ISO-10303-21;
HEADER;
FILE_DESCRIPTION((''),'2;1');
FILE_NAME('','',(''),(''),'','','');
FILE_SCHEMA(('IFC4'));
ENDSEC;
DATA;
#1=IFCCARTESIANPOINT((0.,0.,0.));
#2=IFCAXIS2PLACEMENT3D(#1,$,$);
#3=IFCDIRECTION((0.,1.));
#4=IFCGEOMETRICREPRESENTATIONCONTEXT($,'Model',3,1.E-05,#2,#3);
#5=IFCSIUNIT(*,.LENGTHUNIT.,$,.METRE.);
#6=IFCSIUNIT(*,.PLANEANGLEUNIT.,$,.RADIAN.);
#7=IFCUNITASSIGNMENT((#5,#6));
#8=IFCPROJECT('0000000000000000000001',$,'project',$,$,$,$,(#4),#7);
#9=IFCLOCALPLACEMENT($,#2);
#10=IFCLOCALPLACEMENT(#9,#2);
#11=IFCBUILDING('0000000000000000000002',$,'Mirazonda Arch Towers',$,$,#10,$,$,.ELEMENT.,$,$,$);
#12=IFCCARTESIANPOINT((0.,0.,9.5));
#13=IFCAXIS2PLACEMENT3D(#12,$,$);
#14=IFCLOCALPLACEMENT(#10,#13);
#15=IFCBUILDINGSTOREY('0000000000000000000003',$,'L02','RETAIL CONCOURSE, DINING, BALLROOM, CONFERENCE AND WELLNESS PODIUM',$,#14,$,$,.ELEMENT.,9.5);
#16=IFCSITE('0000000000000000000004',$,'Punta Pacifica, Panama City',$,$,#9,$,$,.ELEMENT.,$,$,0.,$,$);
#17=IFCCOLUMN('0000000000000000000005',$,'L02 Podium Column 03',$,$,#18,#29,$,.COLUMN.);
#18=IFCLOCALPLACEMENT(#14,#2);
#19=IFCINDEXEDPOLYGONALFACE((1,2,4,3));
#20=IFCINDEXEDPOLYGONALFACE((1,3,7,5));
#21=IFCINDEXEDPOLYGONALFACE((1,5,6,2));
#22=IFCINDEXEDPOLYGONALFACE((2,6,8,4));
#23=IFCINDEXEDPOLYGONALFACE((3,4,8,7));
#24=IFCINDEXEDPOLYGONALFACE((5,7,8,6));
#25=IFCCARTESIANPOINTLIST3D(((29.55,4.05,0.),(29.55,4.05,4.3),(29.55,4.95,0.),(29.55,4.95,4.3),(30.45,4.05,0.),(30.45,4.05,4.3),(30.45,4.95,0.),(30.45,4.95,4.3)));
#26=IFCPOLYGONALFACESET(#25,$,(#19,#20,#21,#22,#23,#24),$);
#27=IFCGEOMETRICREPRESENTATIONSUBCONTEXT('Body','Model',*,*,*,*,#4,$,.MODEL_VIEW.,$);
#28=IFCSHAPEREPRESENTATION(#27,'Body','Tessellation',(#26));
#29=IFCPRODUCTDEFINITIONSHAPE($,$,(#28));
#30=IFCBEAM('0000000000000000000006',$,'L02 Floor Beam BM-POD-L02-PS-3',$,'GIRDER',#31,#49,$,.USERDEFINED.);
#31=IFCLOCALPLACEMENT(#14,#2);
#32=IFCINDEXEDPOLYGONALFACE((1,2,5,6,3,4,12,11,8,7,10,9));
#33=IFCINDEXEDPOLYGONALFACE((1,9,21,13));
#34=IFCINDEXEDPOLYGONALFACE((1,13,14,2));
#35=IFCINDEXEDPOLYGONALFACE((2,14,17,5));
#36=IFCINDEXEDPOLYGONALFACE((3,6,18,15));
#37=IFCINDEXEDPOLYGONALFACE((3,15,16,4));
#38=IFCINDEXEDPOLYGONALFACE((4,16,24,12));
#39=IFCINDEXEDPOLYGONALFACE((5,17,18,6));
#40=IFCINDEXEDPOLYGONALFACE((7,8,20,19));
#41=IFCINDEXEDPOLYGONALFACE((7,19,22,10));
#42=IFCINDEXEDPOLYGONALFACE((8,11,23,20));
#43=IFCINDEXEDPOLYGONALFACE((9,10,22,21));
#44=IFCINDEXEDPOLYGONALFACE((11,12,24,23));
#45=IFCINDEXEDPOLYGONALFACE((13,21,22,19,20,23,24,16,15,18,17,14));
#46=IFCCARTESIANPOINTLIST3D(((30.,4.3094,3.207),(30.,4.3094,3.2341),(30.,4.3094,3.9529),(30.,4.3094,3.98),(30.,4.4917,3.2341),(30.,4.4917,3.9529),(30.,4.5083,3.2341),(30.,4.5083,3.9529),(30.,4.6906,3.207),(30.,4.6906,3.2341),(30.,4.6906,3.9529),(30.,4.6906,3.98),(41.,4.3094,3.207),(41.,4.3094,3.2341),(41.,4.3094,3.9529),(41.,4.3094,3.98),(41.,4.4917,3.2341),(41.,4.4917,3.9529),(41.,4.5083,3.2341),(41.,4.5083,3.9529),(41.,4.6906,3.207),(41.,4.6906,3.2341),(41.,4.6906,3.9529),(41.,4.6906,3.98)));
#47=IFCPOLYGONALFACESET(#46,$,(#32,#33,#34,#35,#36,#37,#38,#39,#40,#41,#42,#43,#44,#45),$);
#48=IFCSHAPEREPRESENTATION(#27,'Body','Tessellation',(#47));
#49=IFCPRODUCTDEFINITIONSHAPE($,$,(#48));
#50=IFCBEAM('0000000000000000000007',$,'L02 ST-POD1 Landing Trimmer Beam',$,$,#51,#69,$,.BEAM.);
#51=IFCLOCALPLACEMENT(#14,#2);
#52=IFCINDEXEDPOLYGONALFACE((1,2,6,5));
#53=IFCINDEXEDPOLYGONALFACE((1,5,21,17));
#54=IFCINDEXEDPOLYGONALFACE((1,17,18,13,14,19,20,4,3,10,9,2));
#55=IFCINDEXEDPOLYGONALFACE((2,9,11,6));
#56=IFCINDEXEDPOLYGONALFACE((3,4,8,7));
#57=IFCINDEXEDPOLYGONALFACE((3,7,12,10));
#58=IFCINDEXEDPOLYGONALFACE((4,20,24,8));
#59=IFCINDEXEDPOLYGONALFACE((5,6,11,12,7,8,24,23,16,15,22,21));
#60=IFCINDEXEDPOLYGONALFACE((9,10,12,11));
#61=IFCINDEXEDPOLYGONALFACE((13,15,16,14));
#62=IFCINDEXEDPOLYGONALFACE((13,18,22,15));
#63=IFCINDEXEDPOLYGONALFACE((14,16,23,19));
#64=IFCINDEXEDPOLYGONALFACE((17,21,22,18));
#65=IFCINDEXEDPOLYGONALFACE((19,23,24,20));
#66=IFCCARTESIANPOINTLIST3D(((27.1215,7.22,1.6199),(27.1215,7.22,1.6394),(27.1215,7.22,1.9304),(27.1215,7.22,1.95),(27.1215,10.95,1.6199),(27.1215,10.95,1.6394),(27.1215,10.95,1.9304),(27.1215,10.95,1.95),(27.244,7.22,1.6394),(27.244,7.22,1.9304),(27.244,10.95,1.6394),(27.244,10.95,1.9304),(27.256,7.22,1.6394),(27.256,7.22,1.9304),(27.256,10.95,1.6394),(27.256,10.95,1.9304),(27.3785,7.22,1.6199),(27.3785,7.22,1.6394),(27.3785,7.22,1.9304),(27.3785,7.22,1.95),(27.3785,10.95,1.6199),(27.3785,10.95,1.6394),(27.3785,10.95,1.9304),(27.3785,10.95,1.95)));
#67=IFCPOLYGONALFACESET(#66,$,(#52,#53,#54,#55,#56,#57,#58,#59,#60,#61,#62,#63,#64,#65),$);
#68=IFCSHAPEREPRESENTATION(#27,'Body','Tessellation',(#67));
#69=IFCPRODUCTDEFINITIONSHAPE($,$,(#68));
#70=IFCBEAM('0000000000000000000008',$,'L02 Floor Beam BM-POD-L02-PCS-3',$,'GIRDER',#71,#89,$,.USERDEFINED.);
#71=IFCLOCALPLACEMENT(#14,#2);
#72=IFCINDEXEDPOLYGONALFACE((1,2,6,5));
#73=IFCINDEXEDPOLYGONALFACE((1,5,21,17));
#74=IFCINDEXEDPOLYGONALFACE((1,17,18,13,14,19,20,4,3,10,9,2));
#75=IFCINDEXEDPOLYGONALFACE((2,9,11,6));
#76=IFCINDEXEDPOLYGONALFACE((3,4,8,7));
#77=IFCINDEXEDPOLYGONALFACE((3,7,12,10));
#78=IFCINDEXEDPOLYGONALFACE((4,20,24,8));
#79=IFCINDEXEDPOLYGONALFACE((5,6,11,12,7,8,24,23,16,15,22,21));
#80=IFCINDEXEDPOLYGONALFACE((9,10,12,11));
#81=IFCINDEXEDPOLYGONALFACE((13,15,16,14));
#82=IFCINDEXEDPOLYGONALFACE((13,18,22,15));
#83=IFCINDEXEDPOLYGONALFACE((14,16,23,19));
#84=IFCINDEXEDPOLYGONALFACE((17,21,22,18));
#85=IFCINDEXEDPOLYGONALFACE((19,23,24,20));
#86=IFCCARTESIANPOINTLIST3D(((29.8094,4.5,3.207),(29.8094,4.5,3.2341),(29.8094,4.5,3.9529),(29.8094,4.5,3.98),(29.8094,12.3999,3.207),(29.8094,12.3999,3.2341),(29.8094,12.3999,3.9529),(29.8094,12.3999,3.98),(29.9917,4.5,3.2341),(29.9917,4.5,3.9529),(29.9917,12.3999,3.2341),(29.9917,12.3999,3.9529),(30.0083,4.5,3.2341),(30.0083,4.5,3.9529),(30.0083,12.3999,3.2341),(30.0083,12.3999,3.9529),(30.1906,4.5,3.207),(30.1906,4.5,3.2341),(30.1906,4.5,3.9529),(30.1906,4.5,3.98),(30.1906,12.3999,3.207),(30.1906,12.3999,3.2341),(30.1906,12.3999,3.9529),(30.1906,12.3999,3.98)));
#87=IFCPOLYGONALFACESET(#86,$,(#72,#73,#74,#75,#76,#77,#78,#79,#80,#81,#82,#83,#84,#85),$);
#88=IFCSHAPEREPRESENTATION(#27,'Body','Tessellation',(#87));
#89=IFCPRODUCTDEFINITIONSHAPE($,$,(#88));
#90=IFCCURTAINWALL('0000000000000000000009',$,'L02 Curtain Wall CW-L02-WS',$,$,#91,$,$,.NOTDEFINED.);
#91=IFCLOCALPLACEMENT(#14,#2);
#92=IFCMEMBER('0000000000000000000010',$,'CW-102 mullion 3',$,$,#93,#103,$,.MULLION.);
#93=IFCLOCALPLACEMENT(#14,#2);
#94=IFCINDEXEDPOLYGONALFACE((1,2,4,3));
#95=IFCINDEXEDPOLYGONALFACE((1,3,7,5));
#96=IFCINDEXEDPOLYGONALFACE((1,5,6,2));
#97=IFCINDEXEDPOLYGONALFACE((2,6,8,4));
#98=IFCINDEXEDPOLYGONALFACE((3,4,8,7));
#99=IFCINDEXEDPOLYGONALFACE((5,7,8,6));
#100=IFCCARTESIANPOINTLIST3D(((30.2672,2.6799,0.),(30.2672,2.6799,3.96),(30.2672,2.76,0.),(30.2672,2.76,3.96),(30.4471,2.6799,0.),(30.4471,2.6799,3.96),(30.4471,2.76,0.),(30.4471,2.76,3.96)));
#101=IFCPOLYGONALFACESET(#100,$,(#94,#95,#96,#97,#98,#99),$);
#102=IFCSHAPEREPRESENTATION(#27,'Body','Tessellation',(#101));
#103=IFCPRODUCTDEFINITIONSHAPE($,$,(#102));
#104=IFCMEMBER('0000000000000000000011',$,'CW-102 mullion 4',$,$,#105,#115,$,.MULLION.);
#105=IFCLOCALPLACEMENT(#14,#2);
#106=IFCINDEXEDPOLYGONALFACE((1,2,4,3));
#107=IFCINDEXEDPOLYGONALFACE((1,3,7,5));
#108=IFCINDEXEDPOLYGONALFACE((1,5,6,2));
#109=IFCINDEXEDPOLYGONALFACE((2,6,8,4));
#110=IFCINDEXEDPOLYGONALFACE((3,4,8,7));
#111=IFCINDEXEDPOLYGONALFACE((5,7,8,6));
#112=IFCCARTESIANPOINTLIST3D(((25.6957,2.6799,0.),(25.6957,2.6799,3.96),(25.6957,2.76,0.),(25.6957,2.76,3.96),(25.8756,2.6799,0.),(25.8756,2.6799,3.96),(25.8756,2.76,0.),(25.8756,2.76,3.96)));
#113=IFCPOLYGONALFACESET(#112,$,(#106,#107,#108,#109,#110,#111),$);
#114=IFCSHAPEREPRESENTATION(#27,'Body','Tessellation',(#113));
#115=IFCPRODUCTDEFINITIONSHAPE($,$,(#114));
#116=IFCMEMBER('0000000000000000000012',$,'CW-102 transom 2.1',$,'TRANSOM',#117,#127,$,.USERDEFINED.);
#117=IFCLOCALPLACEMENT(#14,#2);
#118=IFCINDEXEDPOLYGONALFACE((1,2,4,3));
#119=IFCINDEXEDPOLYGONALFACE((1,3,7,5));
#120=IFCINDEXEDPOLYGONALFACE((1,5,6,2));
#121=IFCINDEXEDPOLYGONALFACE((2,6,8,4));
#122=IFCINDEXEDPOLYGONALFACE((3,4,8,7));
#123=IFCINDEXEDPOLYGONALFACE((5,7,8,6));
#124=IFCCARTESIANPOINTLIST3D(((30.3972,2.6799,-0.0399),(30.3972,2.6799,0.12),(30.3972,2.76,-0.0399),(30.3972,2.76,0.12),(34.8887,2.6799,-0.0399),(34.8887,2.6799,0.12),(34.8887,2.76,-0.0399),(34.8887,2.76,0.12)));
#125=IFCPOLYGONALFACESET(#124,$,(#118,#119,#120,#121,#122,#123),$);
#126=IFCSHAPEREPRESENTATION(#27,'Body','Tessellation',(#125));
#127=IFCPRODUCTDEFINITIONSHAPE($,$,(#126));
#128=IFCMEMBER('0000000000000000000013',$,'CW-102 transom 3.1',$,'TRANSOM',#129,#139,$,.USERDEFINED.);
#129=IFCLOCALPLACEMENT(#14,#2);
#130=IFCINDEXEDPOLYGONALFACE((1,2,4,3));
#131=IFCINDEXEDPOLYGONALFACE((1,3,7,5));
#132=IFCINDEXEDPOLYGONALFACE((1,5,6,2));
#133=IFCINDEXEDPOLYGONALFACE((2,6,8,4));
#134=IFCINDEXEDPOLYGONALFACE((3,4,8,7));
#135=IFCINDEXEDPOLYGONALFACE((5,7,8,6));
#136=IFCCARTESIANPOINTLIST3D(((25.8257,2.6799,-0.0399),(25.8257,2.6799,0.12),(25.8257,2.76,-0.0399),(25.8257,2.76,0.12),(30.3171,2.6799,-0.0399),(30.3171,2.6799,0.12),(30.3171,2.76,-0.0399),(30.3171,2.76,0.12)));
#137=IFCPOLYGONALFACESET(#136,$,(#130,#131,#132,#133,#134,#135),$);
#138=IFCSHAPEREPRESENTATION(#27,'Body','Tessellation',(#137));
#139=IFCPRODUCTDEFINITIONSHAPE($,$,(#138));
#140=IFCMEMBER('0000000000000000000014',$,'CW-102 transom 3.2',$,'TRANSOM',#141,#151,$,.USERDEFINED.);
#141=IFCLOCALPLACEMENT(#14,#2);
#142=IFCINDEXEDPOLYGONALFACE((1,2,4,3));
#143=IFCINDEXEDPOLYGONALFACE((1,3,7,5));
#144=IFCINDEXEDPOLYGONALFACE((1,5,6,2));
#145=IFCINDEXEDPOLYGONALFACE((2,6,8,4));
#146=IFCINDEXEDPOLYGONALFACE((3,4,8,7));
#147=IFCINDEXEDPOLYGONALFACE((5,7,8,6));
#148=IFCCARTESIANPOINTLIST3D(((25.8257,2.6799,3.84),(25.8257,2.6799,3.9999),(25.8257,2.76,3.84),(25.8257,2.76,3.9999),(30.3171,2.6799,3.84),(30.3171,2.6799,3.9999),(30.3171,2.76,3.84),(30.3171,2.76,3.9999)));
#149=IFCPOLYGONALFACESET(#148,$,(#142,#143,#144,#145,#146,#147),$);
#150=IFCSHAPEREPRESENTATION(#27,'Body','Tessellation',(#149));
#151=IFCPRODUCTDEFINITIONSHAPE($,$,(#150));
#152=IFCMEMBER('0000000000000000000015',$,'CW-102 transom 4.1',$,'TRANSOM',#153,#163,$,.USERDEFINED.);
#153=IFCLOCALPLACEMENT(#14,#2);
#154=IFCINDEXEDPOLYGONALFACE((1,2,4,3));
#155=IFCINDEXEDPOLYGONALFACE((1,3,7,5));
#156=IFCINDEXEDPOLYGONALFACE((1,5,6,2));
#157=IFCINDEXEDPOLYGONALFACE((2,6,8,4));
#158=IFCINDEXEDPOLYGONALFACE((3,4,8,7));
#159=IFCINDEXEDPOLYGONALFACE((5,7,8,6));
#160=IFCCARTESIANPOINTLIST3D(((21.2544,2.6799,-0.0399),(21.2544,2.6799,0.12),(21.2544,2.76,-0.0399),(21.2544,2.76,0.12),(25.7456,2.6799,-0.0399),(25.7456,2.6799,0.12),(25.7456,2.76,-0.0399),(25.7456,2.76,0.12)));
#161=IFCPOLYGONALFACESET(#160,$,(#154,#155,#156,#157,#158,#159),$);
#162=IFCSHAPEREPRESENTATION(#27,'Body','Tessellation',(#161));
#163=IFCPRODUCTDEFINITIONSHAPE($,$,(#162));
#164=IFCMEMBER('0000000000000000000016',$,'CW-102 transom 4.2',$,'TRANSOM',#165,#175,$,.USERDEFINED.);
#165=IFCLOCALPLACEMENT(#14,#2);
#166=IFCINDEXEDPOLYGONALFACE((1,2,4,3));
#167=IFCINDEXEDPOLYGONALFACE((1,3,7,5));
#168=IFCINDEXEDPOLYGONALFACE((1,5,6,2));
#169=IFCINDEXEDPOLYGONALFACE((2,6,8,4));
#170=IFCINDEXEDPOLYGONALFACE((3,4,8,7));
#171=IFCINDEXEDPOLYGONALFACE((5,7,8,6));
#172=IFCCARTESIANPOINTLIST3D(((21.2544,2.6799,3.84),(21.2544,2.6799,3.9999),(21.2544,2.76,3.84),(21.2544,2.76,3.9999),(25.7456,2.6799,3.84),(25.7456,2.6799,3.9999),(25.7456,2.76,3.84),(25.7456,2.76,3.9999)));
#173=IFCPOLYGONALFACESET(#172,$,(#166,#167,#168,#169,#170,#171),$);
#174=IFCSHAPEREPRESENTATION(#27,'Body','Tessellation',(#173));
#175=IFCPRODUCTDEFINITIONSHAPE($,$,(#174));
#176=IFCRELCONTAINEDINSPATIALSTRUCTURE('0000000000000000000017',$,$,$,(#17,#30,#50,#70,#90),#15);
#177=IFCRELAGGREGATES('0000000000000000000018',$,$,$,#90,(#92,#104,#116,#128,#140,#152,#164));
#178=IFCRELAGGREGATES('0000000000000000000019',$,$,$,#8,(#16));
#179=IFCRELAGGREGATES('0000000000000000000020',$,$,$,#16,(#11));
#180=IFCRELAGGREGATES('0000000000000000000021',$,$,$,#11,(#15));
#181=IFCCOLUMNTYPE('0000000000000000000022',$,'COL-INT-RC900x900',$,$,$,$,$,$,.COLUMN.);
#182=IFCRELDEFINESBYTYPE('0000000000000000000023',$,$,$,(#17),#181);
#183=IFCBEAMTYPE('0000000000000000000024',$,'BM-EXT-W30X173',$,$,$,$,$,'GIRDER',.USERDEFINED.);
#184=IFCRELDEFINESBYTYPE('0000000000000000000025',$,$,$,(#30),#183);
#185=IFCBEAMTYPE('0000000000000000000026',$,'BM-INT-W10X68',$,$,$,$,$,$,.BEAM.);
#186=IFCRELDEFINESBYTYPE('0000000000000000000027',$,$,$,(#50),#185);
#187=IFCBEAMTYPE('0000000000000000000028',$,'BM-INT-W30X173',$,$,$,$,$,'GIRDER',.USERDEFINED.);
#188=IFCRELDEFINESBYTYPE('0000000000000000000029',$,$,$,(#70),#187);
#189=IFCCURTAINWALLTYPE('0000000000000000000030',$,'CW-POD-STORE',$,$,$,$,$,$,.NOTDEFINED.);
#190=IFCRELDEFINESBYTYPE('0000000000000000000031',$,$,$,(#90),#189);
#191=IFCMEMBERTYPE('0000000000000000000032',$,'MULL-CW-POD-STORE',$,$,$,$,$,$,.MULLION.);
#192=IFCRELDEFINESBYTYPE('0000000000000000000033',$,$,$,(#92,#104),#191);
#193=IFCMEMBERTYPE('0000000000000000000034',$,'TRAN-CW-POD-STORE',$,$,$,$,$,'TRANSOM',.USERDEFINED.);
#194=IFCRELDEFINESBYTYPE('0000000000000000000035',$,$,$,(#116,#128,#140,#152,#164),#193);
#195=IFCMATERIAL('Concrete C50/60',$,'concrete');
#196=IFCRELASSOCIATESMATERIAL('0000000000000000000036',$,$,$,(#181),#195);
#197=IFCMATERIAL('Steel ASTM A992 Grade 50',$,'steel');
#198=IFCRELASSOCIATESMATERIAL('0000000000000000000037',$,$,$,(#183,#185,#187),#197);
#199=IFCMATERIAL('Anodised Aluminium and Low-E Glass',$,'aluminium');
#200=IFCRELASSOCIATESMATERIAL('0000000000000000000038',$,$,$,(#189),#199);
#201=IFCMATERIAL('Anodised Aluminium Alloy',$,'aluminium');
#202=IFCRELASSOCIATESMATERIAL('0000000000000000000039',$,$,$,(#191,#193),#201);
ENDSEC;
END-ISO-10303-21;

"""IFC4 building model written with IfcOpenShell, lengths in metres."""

from ifc_helpers import new_model, si_unit, direction, frame, origin, origin_2d, place, context, subcontext, project, spatial, rectangle, i_section, extrude, material, material_profile, profile_set, type_object, element, aggregate, save


model = new_model("IFC4")

# Units and contexts
model_context = context("Model", 3, precision=1e-05, world=origin(), true_north=direction((0.0, 1.0)))
body_context = subcontext(model_context, "Body", "Model", "MODEL_VIEW")
ifc_project = project(units=[si_unit("LENGTHUNIT", "METRE"), si_unit("PLANEANGLEUNIT", "RADIAN")], contexts=[model_context])

# Site, building, storey
site_placement = place(None, origin())
site = spatial("IfcSite", under=ifc_project, at=site_placement, Name="Punta Pacifica, Panama City", CompositionType="ELEMENT", RefElevation=0.0)
building_placement = place(site_placement, origin())
building = spatial("IfcBuilding", under=site, at=building_placement, Name="Mirazonda Arch Towers", CompositionType="ELEMENT")
storey_placement = place(building_placement, frame((0.0, 0.0, 9.5)))
storey = spatial("IfcBuildingStorey", under=building, at=storey_placement, Name="L02", Description="RETAIL CONCOURSE, DINING, BALLROOM, CONFERENCE AND WELLNESS PODIUM", CompositionType="ELEMENT", Elevation=9.5)

# Column
ifc_material_1 = material(Name="Concrete C50/60", Category="concrete")
ifc_material_profile_1 = material_profile(ifc_material_1, rectangle(XDim=0.8999, YDim=0.8999, at=origin_2d()), Name="RC900x900")
ifc_profile_set_1 = profile_set([ifc_material_profile_1], Name="Concrete C50/60")
column_type = type_object("IfcColumnType", Name="COL-INT-RC900x900", PredefinedType="COLUMN", material=ifc_profile_set_1)
column_placement = place(storey_placement, frame((30.0, 4.5, 0.0), z_axis=(0.0, 0.0, 1.0), x_axis=(1.0, 0.0, 0.0)))
element("IfcColumn", 1, at=column_placement, inside=storey, type_object=column_type, Name="L02 Podium Column 03", PredefinedType="COLUMN", context=body_context, shape_type="SweptSolid", body=[
    extrude(rectangle(XDim=0.8999, YDim=0.8999, at=origin_2d()), origin(), (0.0, 0.0, 1.0), 4.3),
])

# Beams
ifc_material_2 = material(Name="Steel ASTM A992 Grade 50", Category="steel")
ifc_material_profile_2 = material_profile(ifc_material_2, i_section(OverallWidth=0.3811, OverallDepth=0.7729, WebThickness=0.0166, FlangeThickness=0.0271, at=origin_2d()), Name="W30X173")
ifc_profile_set_2 = profile_set([ifc_material_profile_2], Name="Steel ASTM A992 Grade 50")
beam_type_1 = type_object("IfcBeamType", Name="BM-EXT-W30X173", ElementType="GIRDER", PredefinedType="USERDEFINED", material=ifc_profile_set_2)
beam_1_placement = place(storey_placement, frame((30.0, 4.5, 3.5935), z_axis=(1.0, 0.0, 0.0), x_axis=(0.0, 1.0, 0.0)))
element("IfcBeam", 2, at=beam_1_placement, inside=storey, type_object=beam_type_1, Name="L02 Floor Beam BM-POD-L02-PS-3", ObjectType="GIRDER", PredefinedType="USERDEFINED", context=body_context, shape_type="SweptSolid", body=[
    extrude(i_section(OverallWidth=0.3811, OverallDepth=0.7729, WebThickness=0.0166, FlangeThickness=0.0271, at=origin_2d()), origin(), (0.0, 0.0, 1.0), 11.0),
])
ifc_material_profile_3 = material_profile(ifc_material_2, i_section(OverallWidth=0.2571, OverallDepth=0.3301, WebThickness=0.012, FlangeThickness=0.0195, at=origin_2d()), Name="W10X68")
ifc_profile_set_3 = profile_set([ifc_material_profile_3], Name="Steel ASTM A992 Grade 50")
beam_type_2 = type_object("IfcBeamType", Name="BM-INT-W10X68", PredefinedType="BEAM", material=ifc_profile_set_3)
beam_2_placement = place(storey_placement, frame((27.25, 7.22, 1.7849), z_axis=(0.0, 1.0, 0.0), x_axis=(-1.0, 0.0, 0.0)))
element("IfcBeam", 3, at=beam_2_placement, inside=storey, type_object=beam_type_2, Name="L02 ST-POD1 Landing Trimmer Beam", PredefinedType="BEAM", context=body_context, shape_type="SweptSolid", body=[
    extrude(i_section(OverallWidth=0.2571, OverallDepth=0.3301, WebThickness=0.012, FlangeThickness=0.0195, at=origin_2d()), origin(), (0.0, 0.0, 1.0), 3.73),
])
ifc_material_profile_4 = material_profile(ifc_material_2, i_section(OverallWidth=0.3811, OverallDepth=0.7729, WebThickness=0.0166, FlangeThickness=0.0271, at=origin_2d()), Name="W30X173")
ifc_profile_set_4 = profile_set([ifc_material_profile_4], Name="Steel ASTM A992 Grade 50")
beam_type_3 = type_object("IfcBeamType", Name="BM-INT-W30X173", ElementType="GIRDER", PredefinedType="USERDEFINED", material=ifc_profile_set_4)
beam_3_placement = place(storey_placement, frame((30.0, 4.5, 3.5935), z_axis=(0.0, 1.0, 0.0), x_axis=(-1.0, 0.0, 0.0)))
element("IfcBeam", 4, at=beam_3_placement, inside=storey, type_object=beam_type_3, Name="L02 Floor Beam BM-POD-L02-PCS-3", ObjectType="GIRDER", PredefinedType="USERDEFINED", context=body_context, shape_type="SweptSolid", body=[
    extrude(i_section(OverallWidth=0.3811, OverallDepth=0.7729, WebThickness=0.0166, FlangeThickness=0.0271, at=origin_2d()), origin(), (0.0, 0.0, 1.0), 7.8999),
])

# Curtain wall, members
ifc_material_3 = material(Name="Anodised Aluminium and Low-E Glass", Category="aluminium")
curtain_wall_type = type_object("IfcCurtainWallType", Name="CW-POD-STORE", PredefinedType="NOTDEFINED", material=ifc_material_3)
curtain_wall_placement = place(storey_placement, origin())
curtain_wall = element("IfcCurtainWall", 5, at=curtain_wall_placement, inside=storey, type_object=curtain_wall_type, Name="L02 Curtain Wall CW-L02-WS", PredefinedType="NOTDEFINED")
ifc_material_4 = material(Name="Anodised Aluminium Alloy", Category="aluminium")
ifc_material_profile_5 = material_profile(ifc_material_4, rectangle(XDim=0.0801, YDim=0.1799, at=origin_2d()), Name="ALU-MULL-80x180")
ifc_profile_set_5 = profile_set([ifc_material_profile_5], Name="Anodised Aluminium Alloy")
member_type_1 = type_object("IfcMemberType", Name="MULL-CW-POD-STORE", PredefinedType="MULLION", material=ifc_profile_set_5)
member_1_placement = place(storey_placement, frame((30.3572, 2.72, 0.0), z_axis=(0.0, 0.0, 1.0), x_axis=(0.0, -1.0, 0.0)))
member_1 = element("IfcMember", 6, at=member_1_placement, type_object=member_type_1, Name="CW-102 mullion 3", PredefinedType="MULLION", context=body_context, shape_type="SweptSolid", body=[
    extrude(rectangle(XDim=0.0801, YDim=0.1799, at=origin_2d()), origin(), (0.0, 0.0, 1.0), 3.96),
])
member_2_placement = place(storey_placement, frame((25.7856, 2.72, 0.0), z_axis=(0.0, 0.0, 1.0), x_axis=(0.0, -1.0, 0.0)))
member_2 = element("IfcMember", 7, at=member_2_placement, type_object=member_type_1, Name="CW-102 mullion 4", PredefinedType="MULLION", context=body_context, shape_type="SweptSolid", body=[
    extrude(rectangle(XDim=0.0801, YDim=0.1799, at=origin_2d()), origin(), (0.0, 0.0, 1.0), 3.96),
])
ifc_material_profile_6 = material_profile(ifc_material_4, rectangle(XDim=0.0801, YDim=0.1599, at=origin_2d()), Name="ALU-TRAN-80x160")
ifc_profile_set_6 = profile_set([ifc_material_profile_6], Name="Anodised Aluminium Alloy")
member_type_2 = type_object("IfcMemberType", Name="TRAN-CW-POD-STORE", ElementType="TRANSOM", PredefinedType="USERDEFINED", material=ifc_profile_set_6)
member_3_placement = place(storey_placement, frame((34.8887, 2.72, 0.04), z_axis=(-1.0, 0.0, 0.0), x_axis=(0.0, -1.0, 0.0)))
member_3 = element("IfcMember", 8, at=member_3_placement, type_object=member_type_2, Name="CW-102 transom 2.1", ObjectType="TRANSOM", PredefinedType="USERDEFINED", context=body_context, shape_type="SweptSolid", body=[
    extrude(rectangle(XDim=0.0801, YDim=0.1599, at=origin_2d()), origin(), (0.0, 0.0, 1.0), 4.4915),
])
member_4_placement = place(storey_placement, frame((30.3171, 2.72, 0.04), z_axis=(-1.0, 0.0, 0.0), x_axis=(0.0, -1.0, 0.0)))
member_4 = element("IfcMember", 9, at=member_4_placement, type_object=member_type_2, Name="CW-102 transom 3.1", ObjectType="TRANSOM", PredefinedType="USERDEFINED", context=body_context, shape_type="SweptSolid", body=[
    extrude(rectangle(XDim=0.0801, YDim=0.1599, at=origin_2d()), origin(), (0.0, 0.0, 1.0), 4.4915),
])
member_5_placement = place(storey_placement, frame((30.3171, 2.72, 3.9199), z_axis=(-1.0, 0.0, 0.0), x_axis=(0.0, -1.0, 0.0)))
member_5 = element("IfcMember", 10, at=member_5_placement, type_object=member_type_2, Name="CW-102 transom 3.2", ObjectType="TRANSOM", PredefinedType="USERDEFINED", context=body_context, shape_type="SweptSolid", body=[
    extrude(rectangle(XDim=0.0801, YDim=0.1599, at=origin_2d()), origin(), (0.0, 0.0, 1.0), 4.4915),
])
member_6_placement = place(storey_placement, frame((25.7456, 2.72, 0.04), z_axis=(-1.0, 0.0, 0.0), x_axis=(0.0, -1.0, 0.0)))
member_6 = element("IfcMember", 11, at=member_6_placement, type_object=member_type_2, Name="CW-102 transom 4.1", ObjectType="TRANSOM", PredefinedType="USERDEFINED", context=body_context, shape_type="SweptSolid", body=[
    extrude(rectangle(XDim=0.0801, YDim=0.1599, at=origin_2d()), origin(), (0.0, 0.0, 1.0), 4.4912),
])
member_7_placement = place(storey_placement, frame((25.7456, 2.72, 3.9199), z_axis=(-1.0, 0.0, 0.0), x_axis=(0.0, -1.0, 0.0)))
member_7 = element("IfcMember", 12, at=member_7_placement, type_object=member_type_2, Name="CW-102 transom 4.2", ObjectType="TRANSOM", PredefinedType="USERDEFINED", context=body_context, shape_type="SweptSolid", body=[
    extrude(rectangle(XDim=0.0801, YDim=0.1599, at=origin_2d()), origin(), (0.0, 0.0, 1.0), 4.4912),
])
aggregate(curtain_wall, [member_1, member_2, member_3, member_4, member_5, member_6, member_7])

save(model, "model.ifc")
